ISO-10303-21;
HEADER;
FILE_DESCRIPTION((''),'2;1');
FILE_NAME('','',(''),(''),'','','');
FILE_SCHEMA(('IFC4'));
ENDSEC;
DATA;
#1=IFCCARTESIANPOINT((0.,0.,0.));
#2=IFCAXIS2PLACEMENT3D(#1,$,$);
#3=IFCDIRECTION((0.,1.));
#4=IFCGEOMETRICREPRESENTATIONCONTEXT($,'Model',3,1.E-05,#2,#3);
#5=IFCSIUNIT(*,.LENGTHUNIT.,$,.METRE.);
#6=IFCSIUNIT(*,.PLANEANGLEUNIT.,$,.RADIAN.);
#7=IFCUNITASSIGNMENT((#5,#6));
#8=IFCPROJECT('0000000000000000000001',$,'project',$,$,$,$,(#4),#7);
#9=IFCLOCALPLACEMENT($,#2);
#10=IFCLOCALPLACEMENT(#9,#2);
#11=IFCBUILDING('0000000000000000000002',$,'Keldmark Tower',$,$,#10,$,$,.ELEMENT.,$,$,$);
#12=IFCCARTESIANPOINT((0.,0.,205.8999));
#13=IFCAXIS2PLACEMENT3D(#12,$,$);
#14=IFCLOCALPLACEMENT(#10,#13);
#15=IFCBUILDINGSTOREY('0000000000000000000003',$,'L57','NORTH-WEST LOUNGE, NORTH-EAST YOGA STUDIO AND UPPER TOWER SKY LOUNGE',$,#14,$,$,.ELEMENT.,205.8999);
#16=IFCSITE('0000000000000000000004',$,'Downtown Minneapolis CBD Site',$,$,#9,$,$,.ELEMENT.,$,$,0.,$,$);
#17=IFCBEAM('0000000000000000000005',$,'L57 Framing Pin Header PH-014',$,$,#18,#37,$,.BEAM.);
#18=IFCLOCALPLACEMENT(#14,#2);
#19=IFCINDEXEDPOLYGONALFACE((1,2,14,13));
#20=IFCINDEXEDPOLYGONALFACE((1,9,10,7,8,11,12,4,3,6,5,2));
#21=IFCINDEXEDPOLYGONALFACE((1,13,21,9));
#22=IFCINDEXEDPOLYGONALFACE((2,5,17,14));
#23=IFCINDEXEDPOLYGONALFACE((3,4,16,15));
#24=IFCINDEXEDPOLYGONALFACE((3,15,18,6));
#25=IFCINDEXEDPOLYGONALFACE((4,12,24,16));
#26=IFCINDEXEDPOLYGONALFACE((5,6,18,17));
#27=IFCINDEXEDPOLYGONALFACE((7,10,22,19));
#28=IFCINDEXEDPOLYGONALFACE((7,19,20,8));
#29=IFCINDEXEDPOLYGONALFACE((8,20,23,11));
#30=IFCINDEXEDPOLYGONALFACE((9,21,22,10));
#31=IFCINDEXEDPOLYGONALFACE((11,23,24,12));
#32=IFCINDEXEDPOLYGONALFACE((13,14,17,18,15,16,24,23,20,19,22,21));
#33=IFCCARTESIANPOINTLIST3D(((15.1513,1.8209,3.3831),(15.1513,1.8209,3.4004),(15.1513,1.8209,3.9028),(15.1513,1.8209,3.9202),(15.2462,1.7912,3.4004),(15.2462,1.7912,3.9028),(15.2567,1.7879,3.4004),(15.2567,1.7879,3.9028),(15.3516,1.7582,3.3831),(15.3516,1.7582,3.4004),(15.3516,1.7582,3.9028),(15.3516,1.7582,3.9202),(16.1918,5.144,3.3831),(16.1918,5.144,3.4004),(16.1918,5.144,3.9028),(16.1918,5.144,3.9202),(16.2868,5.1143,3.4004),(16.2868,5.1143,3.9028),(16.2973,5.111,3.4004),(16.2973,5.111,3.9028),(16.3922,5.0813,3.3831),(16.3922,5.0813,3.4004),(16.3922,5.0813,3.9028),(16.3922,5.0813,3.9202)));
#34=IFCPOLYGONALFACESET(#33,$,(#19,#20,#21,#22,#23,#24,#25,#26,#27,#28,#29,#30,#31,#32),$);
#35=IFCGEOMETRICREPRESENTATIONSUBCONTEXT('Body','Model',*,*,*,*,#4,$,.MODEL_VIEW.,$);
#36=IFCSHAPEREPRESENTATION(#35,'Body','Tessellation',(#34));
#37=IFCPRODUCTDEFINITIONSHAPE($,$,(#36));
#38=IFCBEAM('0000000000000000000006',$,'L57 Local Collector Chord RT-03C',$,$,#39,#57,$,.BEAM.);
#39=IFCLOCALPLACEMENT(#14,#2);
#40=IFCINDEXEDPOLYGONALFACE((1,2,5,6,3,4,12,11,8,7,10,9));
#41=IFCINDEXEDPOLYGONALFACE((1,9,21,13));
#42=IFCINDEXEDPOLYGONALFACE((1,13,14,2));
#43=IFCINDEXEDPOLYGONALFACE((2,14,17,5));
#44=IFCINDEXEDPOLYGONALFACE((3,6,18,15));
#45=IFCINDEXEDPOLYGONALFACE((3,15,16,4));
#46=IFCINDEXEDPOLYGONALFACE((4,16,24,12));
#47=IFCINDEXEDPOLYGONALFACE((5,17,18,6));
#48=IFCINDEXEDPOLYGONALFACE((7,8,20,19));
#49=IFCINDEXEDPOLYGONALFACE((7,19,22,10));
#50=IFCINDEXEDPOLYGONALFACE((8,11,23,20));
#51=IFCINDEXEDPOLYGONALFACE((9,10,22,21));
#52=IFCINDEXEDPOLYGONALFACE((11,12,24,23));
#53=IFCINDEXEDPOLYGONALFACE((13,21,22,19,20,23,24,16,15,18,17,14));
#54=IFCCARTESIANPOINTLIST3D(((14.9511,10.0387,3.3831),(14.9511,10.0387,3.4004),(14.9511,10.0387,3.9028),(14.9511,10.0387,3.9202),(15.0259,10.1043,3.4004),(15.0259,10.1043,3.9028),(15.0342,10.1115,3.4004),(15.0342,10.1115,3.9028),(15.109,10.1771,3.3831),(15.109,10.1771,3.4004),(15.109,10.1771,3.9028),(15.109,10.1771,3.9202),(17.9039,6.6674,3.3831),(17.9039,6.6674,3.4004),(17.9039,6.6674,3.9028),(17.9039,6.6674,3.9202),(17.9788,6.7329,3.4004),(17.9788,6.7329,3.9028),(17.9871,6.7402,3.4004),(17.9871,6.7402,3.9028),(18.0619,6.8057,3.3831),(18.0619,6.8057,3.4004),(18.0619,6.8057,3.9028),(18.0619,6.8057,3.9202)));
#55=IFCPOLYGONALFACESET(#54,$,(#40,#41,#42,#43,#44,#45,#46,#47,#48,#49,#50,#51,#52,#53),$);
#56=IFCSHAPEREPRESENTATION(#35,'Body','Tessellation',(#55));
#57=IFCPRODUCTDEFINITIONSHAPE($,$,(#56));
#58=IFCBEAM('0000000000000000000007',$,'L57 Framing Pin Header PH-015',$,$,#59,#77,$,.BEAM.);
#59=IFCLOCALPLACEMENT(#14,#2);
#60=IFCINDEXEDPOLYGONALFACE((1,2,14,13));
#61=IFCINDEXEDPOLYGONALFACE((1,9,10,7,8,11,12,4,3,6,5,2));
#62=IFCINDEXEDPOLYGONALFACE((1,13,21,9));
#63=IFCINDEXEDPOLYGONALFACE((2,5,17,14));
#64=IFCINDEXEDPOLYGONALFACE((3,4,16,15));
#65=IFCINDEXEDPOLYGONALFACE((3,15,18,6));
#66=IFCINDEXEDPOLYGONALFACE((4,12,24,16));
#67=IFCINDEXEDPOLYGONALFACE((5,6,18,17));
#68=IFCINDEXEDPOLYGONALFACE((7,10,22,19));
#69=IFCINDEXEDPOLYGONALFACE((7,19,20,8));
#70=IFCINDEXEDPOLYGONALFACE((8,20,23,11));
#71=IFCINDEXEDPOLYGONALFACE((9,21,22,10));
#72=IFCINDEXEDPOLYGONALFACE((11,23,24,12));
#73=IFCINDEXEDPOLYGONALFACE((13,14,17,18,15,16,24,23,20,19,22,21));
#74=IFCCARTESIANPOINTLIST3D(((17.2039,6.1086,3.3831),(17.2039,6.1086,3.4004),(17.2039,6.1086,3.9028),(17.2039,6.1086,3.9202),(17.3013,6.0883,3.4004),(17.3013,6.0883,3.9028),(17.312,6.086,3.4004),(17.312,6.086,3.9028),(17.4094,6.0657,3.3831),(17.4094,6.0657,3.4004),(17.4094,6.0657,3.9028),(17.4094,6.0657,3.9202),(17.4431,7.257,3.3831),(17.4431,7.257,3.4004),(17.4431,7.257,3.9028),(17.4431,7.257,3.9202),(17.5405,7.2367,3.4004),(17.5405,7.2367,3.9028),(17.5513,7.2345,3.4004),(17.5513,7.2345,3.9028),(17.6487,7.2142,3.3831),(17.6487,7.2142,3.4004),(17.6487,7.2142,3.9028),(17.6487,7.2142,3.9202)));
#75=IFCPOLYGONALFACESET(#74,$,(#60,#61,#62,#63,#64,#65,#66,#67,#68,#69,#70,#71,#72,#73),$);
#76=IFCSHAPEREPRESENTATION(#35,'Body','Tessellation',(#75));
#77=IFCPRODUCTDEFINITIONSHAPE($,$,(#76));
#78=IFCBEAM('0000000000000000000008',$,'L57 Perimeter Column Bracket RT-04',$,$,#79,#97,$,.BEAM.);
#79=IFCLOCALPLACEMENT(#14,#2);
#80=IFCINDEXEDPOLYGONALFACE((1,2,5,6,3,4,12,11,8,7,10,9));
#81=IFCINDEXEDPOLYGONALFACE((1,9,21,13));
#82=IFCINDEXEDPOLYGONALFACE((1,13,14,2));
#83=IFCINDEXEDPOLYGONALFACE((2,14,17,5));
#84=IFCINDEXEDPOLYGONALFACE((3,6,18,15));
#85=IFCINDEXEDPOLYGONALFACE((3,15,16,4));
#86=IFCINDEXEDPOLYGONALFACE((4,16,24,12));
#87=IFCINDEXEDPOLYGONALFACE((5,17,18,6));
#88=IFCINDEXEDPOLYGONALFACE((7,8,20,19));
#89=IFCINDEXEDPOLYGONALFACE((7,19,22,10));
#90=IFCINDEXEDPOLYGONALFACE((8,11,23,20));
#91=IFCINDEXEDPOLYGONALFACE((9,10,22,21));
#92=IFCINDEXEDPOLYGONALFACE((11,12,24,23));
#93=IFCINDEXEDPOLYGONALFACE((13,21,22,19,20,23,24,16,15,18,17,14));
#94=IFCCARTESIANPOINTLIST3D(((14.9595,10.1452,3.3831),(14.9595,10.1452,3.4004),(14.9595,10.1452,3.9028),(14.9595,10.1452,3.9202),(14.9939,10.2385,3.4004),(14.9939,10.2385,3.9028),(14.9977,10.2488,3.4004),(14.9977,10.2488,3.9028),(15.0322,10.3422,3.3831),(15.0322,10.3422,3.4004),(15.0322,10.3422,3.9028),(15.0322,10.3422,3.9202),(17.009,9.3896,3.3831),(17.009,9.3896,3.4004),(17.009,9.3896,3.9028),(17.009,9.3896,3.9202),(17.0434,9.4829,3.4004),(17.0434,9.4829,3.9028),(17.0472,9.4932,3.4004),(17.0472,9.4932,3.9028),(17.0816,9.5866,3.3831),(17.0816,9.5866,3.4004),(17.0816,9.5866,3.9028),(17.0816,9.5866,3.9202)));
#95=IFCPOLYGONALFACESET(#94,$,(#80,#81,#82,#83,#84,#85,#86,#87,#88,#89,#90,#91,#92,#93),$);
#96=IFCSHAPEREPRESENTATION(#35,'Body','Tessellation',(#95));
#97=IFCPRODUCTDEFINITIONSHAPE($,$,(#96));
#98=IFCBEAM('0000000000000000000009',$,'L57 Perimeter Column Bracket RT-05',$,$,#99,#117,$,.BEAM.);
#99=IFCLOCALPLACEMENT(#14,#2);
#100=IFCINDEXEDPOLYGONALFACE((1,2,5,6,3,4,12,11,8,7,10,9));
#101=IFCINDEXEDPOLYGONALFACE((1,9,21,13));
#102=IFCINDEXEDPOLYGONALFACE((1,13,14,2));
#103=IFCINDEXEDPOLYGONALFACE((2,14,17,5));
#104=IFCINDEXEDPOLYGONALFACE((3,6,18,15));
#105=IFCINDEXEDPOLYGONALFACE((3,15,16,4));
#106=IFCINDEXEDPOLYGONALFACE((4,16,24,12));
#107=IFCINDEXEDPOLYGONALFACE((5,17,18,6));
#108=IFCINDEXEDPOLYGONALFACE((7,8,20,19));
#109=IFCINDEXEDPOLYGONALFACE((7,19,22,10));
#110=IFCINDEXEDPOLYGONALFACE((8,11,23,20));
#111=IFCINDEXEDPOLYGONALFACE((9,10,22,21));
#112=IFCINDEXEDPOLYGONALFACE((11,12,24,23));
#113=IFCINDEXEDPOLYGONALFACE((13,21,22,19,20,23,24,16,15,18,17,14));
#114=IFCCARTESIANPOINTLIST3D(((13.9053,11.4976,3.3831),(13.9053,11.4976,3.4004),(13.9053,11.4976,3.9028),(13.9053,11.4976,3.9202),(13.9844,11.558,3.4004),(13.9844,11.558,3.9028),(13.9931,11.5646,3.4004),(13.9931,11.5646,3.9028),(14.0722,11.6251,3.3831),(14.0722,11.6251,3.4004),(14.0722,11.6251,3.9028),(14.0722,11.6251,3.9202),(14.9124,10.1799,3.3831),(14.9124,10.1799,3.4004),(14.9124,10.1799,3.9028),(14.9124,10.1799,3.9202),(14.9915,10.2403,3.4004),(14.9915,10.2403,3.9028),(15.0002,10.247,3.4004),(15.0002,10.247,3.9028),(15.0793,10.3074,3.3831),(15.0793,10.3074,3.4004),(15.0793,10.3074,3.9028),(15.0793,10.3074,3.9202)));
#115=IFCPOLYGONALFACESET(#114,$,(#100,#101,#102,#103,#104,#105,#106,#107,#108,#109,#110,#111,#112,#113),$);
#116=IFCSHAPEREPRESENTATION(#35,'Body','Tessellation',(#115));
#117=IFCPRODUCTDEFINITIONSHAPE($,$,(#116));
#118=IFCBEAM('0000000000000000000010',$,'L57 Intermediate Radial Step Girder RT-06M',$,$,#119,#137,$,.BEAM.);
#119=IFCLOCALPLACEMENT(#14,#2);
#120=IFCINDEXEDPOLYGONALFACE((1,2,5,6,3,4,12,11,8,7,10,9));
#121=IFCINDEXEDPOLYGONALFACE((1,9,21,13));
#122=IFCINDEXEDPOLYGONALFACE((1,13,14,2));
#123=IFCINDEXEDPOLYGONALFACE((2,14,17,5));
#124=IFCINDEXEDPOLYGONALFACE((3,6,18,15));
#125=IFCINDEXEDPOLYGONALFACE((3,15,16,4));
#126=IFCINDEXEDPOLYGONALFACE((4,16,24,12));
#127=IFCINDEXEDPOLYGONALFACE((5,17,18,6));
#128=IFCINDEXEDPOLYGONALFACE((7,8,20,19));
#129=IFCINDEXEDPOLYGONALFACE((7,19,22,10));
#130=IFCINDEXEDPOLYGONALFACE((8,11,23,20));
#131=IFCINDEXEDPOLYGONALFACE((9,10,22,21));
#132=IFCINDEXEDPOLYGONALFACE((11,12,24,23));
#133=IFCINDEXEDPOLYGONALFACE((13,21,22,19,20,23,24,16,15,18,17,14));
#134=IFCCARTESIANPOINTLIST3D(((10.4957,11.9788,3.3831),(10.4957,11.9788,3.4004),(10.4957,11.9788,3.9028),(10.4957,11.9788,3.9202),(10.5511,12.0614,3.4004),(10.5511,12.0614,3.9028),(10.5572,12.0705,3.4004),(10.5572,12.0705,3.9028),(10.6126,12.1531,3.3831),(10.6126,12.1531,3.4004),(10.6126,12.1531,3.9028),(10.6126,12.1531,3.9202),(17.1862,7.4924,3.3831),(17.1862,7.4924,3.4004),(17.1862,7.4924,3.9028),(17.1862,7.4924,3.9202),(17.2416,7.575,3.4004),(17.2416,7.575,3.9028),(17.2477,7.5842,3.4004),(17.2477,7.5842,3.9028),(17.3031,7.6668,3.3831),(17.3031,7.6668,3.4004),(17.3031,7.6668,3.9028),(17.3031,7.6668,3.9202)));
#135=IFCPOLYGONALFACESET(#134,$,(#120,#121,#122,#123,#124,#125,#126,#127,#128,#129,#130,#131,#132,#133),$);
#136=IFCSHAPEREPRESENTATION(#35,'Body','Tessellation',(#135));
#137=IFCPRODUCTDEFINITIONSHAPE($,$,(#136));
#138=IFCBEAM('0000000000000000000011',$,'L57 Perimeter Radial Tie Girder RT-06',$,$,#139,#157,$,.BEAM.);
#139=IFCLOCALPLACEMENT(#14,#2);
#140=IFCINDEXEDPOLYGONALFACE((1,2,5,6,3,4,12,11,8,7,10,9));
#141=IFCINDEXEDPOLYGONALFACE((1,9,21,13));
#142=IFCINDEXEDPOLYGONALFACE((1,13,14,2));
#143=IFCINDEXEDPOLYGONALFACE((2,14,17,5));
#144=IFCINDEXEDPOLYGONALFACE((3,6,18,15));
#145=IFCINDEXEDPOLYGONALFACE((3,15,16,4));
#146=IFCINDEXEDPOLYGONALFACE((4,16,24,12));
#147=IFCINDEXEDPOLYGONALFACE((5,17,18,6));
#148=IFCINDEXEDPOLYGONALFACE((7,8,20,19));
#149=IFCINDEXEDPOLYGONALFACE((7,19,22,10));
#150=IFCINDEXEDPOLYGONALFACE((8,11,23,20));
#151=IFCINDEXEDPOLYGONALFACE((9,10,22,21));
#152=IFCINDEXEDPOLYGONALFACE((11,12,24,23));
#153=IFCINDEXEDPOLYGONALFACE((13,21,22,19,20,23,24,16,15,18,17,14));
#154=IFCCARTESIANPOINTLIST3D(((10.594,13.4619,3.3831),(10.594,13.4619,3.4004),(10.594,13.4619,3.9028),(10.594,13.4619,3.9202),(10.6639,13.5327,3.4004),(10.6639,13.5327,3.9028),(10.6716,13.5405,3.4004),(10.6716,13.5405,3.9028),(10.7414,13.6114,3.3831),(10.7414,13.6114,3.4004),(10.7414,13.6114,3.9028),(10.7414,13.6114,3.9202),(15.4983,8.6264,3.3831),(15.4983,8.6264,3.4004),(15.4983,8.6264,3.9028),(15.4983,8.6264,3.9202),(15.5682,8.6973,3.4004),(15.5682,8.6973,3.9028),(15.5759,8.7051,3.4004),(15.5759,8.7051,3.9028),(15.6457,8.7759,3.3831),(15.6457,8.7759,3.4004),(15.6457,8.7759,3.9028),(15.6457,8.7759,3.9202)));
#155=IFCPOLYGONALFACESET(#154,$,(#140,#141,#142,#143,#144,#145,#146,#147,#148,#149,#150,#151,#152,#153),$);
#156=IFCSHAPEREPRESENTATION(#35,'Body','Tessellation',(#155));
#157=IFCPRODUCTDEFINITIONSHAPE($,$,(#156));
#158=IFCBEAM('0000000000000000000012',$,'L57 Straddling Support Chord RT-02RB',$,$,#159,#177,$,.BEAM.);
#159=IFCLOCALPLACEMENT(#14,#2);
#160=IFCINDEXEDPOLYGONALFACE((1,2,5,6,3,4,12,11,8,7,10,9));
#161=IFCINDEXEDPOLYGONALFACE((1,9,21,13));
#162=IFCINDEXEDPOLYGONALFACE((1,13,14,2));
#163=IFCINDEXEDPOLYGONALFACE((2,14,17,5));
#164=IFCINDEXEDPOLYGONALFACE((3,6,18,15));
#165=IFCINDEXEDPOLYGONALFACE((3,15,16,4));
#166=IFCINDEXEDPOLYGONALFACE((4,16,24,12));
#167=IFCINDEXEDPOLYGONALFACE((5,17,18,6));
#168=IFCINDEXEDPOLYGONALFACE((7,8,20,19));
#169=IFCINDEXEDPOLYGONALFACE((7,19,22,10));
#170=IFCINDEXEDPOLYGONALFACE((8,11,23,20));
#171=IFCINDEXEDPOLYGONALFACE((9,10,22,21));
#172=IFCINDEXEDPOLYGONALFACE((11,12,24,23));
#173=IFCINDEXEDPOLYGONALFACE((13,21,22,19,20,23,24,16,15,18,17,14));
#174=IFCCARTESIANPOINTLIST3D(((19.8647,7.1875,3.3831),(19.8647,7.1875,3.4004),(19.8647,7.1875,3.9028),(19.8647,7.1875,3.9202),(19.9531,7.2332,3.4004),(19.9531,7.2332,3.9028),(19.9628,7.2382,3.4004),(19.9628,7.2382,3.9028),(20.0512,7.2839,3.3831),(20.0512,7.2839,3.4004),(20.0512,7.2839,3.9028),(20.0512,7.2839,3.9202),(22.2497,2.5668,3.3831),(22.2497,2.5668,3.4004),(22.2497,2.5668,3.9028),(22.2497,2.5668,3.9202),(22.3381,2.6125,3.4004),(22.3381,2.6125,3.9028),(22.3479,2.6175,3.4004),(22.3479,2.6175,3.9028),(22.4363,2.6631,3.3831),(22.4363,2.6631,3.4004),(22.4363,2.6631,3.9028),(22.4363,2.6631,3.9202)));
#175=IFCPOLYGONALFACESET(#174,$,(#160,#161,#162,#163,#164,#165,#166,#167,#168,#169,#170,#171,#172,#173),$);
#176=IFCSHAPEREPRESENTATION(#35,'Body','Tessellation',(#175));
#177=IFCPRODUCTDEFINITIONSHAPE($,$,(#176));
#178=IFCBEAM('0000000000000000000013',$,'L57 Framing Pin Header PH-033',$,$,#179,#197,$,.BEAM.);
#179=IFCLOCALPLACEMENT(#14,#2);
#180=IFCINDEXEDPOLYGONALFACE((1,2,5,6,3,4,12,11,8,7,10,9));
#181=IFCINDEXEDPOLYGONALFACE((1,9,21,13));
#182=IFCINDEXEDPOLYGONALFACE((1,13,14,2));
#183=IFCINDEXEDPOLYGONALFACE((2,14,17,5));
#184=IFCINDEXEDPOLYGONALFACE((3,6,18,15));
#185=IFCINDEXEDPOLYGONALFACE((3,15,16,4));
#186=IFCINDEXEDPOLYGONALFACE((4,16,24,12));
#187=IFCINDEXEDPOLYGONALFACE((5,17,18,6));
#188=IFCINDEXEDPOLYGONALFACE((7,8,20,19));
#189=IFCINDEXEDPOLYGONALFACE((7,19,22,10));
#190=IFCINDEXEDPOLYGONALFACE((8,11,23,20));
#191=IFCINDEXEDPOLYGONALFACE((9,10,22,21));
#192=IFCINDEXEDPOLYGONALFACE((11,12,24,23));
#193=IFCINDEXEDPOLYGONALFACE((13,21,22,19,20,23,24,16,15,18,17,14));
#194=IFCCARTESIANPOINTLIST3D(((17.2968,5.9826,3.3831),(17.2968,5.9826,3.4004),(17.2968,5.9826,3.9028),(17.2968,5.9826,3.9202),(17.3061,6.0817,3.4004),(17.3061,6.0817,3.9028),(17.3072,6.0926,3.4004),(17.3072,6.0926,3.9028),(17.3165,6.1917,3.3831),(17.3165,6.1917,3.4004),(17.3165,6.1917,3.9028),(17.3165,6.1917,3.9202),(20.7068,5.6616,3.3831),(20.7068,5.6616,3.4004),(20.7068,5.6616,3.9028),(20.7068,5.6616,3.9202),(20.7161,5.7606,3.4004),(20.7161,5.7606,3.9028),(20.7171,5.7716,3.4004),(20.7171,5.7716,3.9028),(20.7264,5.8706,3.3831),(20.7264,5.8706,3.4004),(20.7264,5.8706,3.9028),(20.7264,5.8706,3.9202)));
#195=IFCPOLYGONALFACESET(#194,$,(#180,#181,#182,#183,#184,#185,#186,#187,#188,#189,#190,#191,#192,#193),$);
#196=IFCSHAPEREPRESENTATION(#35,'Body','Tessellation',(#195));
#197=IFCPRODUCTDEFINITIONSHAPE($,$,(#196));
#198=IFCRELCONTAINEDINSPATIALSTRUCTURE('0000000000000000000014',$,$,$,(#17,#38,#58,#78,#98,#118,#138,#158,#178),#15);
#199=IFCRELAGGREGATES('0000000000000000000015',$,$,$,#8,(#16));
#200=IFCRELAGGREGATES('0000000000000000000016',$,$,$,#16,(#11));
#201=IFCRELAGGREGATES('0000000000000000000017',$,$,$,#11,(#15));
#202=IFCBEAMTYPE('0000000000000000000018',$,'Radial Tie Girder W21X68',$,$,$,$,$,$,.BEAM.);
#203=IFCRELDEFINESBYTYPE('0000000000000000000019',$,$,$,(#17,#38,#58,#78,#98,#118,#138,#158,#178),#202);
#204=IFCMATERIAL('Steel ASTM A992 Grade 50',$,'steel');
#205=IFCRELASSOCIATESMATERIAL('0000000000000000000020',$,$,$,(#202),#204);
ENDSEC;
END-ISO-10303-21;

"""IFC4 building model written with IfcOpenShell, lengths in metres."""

from ifc_helpers import new_model, si_unit, direction, frame, origin, origin_2d, place, context, subcontext, project, spatial, i_section, extrude, material, material_profile, profile_set, type_object, element, save


model = new_model("IFC4")

# Units and contexts
model_context = context("Model", 3, precision=1e-05, world=origin(), true_north=direction((0.0, 1.0)))
body_context = subcontext(model_context, "Body", "Model", "MODEL_VIEW")
ifc_project = project(units=[si_unit("LENGTHUNIT", "METRE"), si_unit("PLANEANGLEUNIT", "RADIAN")], contexts=[model_context])

# Site, building, storey
site_placement = place(None, origin())
site = spatial("IfcSite", under=ifc_project, at=site_placement, Name="Downtown Minneapolis CBD Site", CompositionType="ELEMENT", RefElevation=0.0)
building_placement = place(site_placement, origin())
building = spatial("IfcBuilding", under=site, at=building_placement, Name="Keldmark Tower", CompositionType="ELEMENT")
storey_placement = place(building_placement, frame((0.0, 0.0, 205.8999)))
storey = spatial("IfcBuildingStorey", under=building, at=storey_placement, Name="L57", Description="NORTH-WEST LOUNGE, NORTH-EAST YOGA STUDIO AND UPPER TOWER SKY LOUNGE", CompositionType="ELEMENT", Elevation=205.8999)

# Beams
ifc_material_1 = material(Name="Steel ASTM A992 Grade 50", Category="steel")
ifc_material_profile_1 = material_profile(ifc_material_1, i_section(OverallWidth=0.21, OverallDepth=0.5371, WebThickness=0.011, FlangeThickness=0.0173, at=origin_2d()), Name="W21X68")
ifc_profile_set_1 = profile_set([ifc_material_profile_1], Name="Steel ASTM A992 Grade 50")
beam_type_1 = type_object("IfcBeamType", Name="Radial Tie Girder W21X68", PredefinedType="BEAM", material=ifc_profile_set_1)
beam_1_placement = place(storey_placement, frame((15.2515, 1.7896, 3.6516), z_axis=(0.298822, 0.954309, 0.0), x_axis=(-0.954309, 0.298822, 0.0)))
element("IfcBeam", 1, at=beam_1_placement, inside=storey, type_object=beam_type_1, Name="L57 Framing Pin Header PH-014", PredefinedType="BEAM", context=body_context, shape_type="SweptSolid", body=[
    extrude(i_section(OverallWidth=0.21, OverallDepth=0.5371, WebThickness=0.011, FlangeThickness=0.0173, at=origin_2d()), origin(), (0.0, 0.0, 1.0), 3.4822),
])
beam_2_placement = place(storey_placement, frame((15.03, 10.1079, 3.6516), z_axis=(0.658879, -0.752249, 0.0), x_axis=(0.752249, 0.658879, 0.0)))
element("IfcBeam", 2, at=beam_2_placement, inside=storey, type_object=beam_type_1, Name="L57 Local Collector Chord RT-03C", PredefinedType="BEAM", context=body_context, shape_type="SweptSolid", body=[
    extrude(i_section(OverallWidth=0.21, OverallDepth=0.5371, WebThickness=0.011, FlangeThickness=0.0173, at=origin_2d()), origin(), (0.0, 0.0, 1.0), 4.4817),
])
beam_3_placement = place(storey_placement, frame((17.3066, 6.0872, 3.6516), z_axis=(0.203954, 0.97898, 0.0), x_axis=(-0.97898, 0.203954, 0.0)))
element("IfcBeam", 3, at=beam_3_placement, inside=storey, type_object=beam_type_1, Name="L57 Framing Pin Header PH-015", PredefinedType="BEAM", context=body_context, shape_type="SweptSolid", body=[
    extrude(i_section(OverallWidth=0.21, OverallDepth=0.5371, WebThickness=0.011, FlangeThickness=0.0173, at=origin_2d()), origin(), (0.0, 0.0, 1.0), 1.1731),
])
beam_4_placement = place(storey_placement, frame((14.9958, 10.2437, 3.6516), z_axis=(0.938267, -0.345913, 0.0), x_axis=(0.345913, 0.938267, 0.0)))
element("IfcBeam", 4, at=beam_4_placement, inside=storey, type_object=beam_type_1, Name="L57 Perimeter Column Bracket RT-04", PredefinedType="BEAM", context=body_context, shape_type="SweptSolid", body=[
    extrude(i_section(OverallWidth=0.21, OverallDepth=0.5371, WebThickness=0.011, FlangeThickness=0.0173, at=origin_2d()), origin(), (0.0, 0.0, 1.0), 2.1843),
])
beam_5_placement = place(storey_placement, frame((14.9958, 10.2437, 3.6516), z_axis=(-0.607253, 0.794508, 0.0), x_axis=(-0.794508, -0.607253, 0.0)))
element("IfcBeam", 5, at=beam_5_placement, inside=storey, type_object=beam_type_1, Name="L57 Perimeter Column Bracket RT-05", PredefinedType="BEAM", context=body_context, shape_type="SweptSolid", body=[
    extrude(i_section(OverallWidth=0.21, OverallDepth=0.5371, WebThickness=0.011, FlangeThickness=0.0173, at=origin_2d()), origin(), (0.0, 0.0, 1.0), 1.6584),
])
beam_6_placement = place(storey_placement, frame((17.2446, 7.5796, 3.6516), z_axis=(-0.830555, 0.556936, 0.0), x_axis=(-0.556936, -0.830555, 0.0)))
element("IfcBeam", 6, at=beam_6_placement, inside=storey, type_object=beam_type_1, Name="L57 Intermediate Radial Step Girder RT-06M", PredefinedType="BEAM", context=body_context, shape_type="SweptSolid", body=[
    extrude(i_section(OverallWidth=0.21, OverallDepth=0.5371, WebThickness=0.011, FlangeThickness=0.0173, at=origin_2d()), origin(), (0.0, 0.0, 1.0), 8.0554),
])
beam_7_placement = place(storey_placement, frame((15.572, 8.7012, 3.6516), z_axis=(-0.712087, 0.702091, 0.0), x_axis=(-0.702091, -0.712087, 0.0)))
element("IfcBeam", 7, at=beam_7_placement, inside=storey, type_object=beam_type_1, Name="L57 Perimeter Radial Tie Girder RT-06", PredefinedType="BEAM", context=body_context, shape_type="SweptSolid", body=[
    extrude(i_section(OverallWidth=0.21, OverallDepth=0.5371, WebThickness=0.011, FlangeThickness=0.0173, at=origin_2d()), origin(), (0.0, 0.0, 1.0), 6.8872),
])
beam_8_placement = place(storey_placement, frame((22.343, 2.615, 3.6516), z_axis=(-0.45867, 0.888606, 0.0), x_axis=(-0.888606, -0.45867, 0.0)))
element("IfcBeam", 8, at=beam_8_placement, inside=storey, type_object=beam_type_1, Name="L57 Straddling Support Chord RT-02RB", PredefinedType="BEAM", context=body_context, shape_type="SweptSolid", body=[
    extrude(i_section(OverallWidth=0.21, OverallDepth=0.5371, WebThickness=0.011, FlangeThickness=0.0173, at=origin_2d()), origin(), (0.0, 0.0, 1.0), 5.2),
])
beam_9_placement = place(storey_placement, frame((17.3066, 6.0872, 3.6516), z_axis=(0.995597, -0.093736, 0.0), x_axis=(0.093736, 0.995597, 0.0)))
element("IfcBeam", 9, at=beam_9_placement, inside=storey, type_object=beam_type_1, Name="L57 Framing Pin Header PH-033", PredefinedType="BEAM", context=body_context, shape_type="SweptSolid", body=[
    extrude(i_section(OverallWidth=0.21, OverallDepth=0.5371, WebThickness=0.011, FlangeThickness=0.0173, at=origin_2d()), origin(), (0.0, 0.0, 1.0), 3.425),
])

save(model, "model.ifc")
